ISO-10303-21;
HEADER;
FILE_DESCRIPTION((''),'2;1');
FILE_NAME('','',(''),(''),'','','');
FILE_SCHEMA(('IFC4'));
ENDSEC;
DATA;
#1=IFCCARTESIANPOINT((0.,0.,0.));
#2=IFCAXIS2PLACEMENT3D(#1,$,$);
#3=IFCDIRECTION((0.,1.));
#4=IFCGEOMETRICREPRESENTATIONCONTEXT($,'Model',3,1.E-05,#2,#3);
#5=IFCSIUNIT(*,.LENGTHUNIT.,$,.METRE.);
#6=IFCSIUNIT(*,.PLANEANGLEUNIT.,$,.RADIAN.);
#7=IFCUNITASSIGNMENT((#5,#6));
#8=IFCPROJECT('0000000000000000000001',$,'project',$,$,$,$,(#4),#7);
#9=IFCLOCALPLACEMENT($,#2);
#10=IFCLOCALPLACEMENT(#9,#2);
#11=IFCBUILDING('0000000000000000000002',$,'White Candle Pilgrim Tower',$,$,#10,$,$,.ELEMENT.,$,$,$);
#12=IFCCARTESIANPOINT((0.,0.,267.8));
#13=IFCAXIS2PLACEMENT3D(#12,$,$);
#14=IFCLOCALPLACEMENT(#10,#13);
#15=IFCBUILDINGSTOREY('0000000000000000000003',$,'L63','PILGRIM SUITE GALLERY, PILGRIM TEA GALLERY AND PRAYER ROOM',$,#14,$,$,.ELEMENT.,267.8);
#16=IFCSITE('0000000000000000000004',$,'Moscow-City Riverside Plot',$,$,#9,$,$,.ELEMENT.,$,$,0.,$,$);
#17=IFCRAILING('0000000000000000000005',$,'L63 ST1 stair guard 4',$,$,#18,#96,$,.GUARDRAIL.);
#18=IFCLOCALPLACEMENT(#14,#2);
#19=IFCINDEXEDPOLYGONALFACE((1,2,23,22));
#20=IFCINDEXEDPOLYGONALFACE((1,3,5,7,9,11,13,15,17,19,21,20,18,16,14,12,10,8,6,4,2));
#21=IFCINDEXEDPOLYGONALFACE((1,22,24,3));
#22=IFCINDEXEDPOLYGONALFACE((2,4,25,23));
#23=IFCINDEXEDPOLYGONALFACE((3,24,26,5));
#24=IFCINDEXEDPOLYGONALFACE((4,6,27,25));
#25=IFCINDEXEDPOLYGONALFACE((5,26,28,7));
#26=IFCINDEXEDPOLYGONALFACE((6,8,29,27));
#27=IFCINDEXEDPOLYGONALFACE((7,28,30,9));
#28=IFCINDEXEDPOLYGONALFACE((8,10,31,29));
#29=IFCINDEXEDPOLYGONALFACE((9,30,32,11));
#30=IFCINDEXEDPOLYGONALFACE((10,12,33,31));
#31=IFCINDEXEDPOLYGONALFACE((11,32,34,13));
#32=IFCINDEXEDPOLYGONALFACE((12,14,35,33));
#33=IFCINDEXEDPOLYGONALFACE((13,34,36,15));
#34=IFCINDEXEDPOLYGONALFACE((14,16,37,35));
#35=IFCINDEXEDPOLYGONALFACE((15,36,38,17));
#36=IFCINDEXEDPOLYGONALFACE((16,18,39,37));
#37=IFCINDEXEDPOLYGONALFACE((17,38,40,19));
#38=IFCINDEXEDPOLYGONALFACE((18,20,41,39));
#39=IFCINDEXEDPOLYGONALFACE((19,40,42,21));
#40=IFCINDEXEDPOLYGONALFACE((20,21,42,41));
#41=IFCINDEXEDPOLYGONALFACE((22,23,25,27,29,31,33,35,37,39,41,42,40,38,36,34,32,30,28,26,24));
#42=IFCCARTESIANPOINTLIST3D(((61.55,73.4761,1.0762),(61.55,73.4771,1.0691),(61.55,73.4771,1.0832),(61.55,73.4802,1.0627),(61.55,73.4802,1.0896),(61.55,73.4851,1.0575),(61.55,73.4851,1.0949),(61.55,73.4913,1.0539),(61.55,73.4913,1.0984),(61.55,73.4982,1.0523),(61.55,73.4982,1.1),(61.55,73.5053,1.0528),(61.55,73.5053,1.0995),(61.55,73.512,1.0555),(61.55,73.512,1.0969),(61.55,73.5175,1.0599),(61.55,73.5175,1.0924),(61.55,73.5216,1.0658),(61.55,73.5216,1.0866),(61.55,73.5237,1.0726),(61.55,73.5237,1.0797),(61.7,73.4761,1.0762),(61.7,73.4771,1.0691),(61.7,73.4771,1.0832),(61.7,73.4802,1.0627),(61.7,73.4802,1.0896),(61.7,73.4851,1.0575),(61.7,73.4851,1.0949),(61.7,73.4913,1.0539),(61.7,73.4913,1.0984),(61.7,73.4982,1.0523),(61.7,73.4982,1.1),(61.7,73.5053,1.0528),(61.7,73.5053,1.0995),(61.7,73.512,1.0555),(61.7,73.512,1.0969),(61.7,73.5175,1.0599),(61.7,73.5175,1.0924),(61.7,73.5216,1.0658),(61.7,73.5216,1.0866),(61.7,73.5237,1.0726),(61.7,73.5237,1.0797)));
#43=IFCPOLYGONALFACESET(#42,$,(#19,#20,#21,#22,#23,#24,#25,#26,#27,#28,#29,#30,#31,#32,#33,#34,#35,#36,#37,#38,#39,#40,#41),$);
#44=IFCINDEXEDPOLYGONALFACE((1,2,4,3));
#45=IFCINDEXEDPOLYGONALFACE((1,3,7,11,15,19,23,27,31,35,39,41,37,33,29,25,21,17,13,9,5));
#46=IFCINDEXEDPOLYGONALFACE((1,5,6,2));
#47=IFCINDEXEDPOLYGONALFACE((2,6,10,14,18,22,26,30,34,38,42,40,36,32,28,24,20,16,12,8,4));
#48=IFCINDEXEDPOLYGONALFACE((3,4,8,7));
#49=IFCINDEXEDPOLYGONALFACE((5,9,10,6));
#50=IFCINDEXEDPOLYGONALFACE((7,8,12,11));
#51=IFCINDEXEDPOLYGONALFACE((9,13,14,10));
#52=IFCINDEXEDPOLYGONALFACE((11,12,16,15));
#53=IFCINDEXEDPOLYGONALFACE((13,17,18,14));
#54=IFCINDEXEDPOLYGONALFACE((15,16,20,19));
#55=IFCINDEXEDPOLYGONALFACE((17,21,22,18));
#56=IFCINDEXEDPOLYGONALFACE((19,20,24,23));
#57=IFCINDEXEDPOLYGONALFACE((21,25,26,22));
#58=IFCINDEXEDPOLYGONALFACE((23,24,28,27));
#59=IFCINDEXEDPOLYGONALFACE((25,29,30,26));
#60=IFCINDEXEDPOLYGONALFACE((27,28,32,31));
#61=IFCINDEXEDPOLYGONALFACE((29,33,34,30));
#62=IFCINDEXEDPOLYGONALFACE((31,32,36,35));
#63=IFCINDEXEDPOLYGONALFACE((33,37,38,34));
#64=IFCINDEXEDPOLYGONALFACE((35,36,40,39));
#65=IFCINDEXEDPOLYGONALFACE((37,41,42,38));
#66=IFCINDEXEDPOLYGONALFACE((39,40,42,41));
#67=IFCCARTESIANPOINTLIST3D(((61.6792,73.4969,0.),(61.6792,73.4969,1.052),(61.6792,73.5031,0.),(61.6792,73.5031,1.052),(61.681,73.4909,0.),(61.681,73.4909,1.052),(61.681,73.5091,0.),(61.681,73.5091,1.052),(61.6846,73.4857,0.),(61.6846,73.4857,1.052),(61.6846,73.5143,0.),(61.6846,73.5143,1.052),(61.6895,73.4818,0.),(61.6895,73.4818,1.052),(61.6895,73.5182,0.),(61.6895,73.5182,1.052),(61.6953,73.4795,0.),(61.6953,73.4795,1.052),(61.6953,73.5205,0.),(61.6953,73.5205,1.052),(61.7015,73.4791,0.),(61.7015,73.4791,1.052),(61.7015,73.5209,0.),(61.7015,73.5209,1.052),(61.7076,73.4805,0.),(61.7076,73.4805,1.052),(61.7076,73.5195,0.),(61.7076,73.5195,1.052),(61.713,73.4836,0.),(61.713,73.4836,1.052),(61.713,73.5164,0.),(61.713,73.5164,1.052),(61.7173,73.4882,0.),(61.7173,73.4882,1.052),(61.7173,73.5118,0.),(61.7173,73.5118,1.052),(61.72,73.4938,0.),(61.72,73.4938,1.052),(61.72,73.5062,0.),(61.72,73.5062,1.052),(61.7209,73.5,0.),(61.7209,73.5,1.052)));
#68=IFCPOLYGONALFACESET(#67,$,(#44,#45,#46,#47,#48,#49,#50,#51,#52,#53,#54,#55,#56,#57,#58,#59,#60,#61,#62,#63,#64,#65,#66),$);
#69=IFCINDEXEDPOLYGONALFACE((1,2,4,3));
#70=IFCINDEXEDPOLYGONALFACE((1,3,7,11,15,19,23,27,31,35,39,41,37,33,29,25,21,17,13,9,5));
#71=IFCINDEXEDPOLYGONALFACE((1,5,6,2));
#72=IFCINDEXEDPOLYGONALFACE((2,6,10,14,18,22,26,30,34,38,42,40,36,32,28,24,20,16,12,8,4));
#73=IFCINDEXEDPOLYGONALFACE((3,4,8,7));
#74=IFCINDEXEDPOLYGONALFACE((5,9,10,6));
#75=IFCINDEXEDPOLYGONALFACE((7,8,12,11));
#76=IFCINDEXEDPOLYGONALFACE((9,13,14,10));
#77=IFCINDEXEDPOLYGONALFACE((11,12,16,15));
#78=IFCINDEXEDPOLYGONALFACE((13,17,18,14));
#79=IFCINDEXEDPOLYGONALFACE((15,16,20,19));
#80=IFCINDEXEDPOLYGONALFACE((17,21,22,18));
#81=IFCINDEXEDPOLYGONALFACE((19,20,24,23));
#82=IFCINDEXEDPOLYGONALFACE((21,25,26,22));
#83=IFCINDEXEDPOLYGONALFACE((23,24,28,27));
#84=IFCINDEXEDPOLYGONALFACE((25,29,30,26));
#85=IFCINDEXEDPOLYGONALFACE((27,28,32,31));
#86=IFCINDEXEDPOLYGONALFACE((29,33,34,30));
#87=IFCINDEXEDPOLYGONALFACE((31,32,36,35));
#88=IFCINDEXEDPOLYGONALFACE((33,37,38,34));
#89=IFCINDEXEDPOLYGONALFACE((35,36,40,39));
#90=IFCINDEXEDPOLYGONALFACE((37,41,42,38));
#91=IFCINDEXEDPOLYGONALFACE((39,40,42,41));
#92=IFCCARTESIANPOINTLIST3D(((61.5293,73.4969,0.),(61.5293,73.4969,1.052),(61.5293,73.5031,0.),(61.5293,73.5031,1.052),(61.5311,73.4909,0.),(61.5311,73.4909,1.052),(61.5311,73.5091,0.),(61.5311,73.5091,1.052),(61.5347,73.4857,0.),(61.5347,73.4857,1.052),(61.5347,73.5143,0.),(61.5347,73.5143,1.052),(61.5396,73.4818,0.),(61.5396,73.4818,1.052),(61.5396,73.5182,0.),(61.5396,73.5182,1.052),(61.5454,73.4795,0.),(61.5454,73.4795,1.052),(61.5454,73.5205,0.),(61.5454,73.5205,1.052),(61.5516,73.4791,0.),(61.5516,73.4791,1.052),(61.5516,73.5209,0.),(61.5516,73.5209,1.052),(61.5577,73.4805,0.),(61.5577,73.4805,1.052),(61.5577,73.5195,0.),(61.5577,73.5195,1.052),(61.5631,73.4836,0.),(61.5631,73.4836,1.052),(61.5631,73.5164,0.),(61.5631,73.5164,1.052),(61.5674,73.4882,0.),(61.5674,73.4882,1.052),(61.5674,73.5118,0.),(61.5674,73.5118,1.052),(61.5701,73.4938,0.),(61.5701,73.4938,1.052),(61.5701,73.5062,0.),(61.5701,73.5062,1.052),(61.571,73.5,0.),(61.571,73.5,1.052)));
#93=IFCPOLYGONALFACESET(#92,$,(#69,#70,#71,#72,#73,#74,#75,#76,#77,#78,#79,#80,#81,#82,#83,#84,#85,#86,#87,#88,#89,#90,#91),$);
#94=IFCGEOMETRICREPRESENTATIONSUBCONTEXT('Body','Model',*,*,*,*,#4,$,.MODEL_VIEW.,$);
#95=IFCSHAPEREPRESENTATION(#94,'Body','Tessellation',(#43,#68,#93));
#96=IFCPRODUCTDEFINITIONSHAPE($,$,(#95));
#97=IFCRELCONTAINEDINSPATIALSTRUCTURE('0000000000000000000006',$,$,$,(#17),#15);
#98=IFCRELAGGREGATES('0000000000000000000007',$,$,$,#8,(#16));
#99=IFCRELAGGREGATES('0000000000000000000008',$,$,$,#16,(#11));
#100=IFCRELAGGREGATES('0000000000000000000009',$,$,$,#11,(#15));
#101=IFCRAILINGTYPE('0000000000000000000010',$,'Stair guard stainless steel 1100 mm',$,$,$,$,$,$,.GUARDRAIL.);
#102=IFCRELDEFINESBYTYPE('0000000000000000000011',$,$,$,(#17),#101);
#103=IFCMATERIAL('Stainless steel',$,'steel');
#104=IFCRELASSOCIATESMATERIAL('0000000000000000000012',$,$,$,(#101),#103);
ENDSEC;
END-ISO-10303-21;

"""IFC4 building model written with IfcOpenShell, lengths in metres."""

from ifc_helpers import new_model, si_unit, direction, frame, origin, origin_2d, place, context, subcontext, project, spatial, circle, extrude, material, type_object, element, save


model = new_model("IFC4")

# Units and contexts
model_context = context("Model", 3, precision=1e-05, world=origin(), true_north=direction((0.0, 1.0)))
body_context = subcontext(model_context, "Body", "Model", "MODEL_VIEW")
ifc_project = project(units=[si_unit("LENGTHUNIT", "METRE"), si_unit("PLANEANGLEUNIT", "RADIAN")], contexts=[model_context])

# Site, building, storey
site_placement = place(None, origin())
site = spatial("IfcSite", under=ifc_project, at=site_placement, Name="Moscow-City Riverside Plot", CompositionType="ELEMENT", RefElevation=0.0)
building_placement = place(site_placement, origin())
building = spatial("IfcBuilding", under=site, at=building_placement, Name="White Candle Pilgrim Tower", CompositionType="ELEMENT")
storey_placement = place(building_placement, frame((0.0, 0.0, 267.8)))
storey = spatial("IfcBuildingStorey", under=building, at=storey_placement, Name="L63", Description="PILGRIM SUITE GALLERY, PILGRIM TEA GALLERY AND PRAYER ROOM", CompositionType="ELEMENT", Elevation=267.8)

# Railing
ifc_material_1 = material(Name="Stainless steel", Category="steel")
railing_type_1 = type_object("IfcRailingType", Name="Stair guard stainless steel 1100 mm", PredefinedType="GUARDRAIL", material=ifc_material_1)
railing_1_placement = place(storey_placement, frame((61.7, 73.5, 0.0)))
element("IfcRailing", 1, at=railing_1_placement, inside=storey, type_object=railing_type_1, Name="L63 ST1 stair guard 4", PredefinedType="GUARDRAIL", context=body_context, shape_type="SweptSolid", body=[
    extrude(circle(Radius=0.0239, at=origin_2d()), frame((0.0, 0.0, 1.0762), z_axis=(-1.0, 0.0, 0.0), x_axis=(0.0, -1.0, 0.0)), (0.0, 0.0, 1.0), 0.1499),
    extrude(circle(Radius=0.021, at=origin_2d()), origin(), (0.0, 0.0, 1.0), 1.052),
    extrude(circle(Radius=0.021, at=origin_2d()), frame((-0.1499, 0.0, 0.0)), (0.0, 0.0, 1.0), 1.052),
])

save(model, "model.ifc")
